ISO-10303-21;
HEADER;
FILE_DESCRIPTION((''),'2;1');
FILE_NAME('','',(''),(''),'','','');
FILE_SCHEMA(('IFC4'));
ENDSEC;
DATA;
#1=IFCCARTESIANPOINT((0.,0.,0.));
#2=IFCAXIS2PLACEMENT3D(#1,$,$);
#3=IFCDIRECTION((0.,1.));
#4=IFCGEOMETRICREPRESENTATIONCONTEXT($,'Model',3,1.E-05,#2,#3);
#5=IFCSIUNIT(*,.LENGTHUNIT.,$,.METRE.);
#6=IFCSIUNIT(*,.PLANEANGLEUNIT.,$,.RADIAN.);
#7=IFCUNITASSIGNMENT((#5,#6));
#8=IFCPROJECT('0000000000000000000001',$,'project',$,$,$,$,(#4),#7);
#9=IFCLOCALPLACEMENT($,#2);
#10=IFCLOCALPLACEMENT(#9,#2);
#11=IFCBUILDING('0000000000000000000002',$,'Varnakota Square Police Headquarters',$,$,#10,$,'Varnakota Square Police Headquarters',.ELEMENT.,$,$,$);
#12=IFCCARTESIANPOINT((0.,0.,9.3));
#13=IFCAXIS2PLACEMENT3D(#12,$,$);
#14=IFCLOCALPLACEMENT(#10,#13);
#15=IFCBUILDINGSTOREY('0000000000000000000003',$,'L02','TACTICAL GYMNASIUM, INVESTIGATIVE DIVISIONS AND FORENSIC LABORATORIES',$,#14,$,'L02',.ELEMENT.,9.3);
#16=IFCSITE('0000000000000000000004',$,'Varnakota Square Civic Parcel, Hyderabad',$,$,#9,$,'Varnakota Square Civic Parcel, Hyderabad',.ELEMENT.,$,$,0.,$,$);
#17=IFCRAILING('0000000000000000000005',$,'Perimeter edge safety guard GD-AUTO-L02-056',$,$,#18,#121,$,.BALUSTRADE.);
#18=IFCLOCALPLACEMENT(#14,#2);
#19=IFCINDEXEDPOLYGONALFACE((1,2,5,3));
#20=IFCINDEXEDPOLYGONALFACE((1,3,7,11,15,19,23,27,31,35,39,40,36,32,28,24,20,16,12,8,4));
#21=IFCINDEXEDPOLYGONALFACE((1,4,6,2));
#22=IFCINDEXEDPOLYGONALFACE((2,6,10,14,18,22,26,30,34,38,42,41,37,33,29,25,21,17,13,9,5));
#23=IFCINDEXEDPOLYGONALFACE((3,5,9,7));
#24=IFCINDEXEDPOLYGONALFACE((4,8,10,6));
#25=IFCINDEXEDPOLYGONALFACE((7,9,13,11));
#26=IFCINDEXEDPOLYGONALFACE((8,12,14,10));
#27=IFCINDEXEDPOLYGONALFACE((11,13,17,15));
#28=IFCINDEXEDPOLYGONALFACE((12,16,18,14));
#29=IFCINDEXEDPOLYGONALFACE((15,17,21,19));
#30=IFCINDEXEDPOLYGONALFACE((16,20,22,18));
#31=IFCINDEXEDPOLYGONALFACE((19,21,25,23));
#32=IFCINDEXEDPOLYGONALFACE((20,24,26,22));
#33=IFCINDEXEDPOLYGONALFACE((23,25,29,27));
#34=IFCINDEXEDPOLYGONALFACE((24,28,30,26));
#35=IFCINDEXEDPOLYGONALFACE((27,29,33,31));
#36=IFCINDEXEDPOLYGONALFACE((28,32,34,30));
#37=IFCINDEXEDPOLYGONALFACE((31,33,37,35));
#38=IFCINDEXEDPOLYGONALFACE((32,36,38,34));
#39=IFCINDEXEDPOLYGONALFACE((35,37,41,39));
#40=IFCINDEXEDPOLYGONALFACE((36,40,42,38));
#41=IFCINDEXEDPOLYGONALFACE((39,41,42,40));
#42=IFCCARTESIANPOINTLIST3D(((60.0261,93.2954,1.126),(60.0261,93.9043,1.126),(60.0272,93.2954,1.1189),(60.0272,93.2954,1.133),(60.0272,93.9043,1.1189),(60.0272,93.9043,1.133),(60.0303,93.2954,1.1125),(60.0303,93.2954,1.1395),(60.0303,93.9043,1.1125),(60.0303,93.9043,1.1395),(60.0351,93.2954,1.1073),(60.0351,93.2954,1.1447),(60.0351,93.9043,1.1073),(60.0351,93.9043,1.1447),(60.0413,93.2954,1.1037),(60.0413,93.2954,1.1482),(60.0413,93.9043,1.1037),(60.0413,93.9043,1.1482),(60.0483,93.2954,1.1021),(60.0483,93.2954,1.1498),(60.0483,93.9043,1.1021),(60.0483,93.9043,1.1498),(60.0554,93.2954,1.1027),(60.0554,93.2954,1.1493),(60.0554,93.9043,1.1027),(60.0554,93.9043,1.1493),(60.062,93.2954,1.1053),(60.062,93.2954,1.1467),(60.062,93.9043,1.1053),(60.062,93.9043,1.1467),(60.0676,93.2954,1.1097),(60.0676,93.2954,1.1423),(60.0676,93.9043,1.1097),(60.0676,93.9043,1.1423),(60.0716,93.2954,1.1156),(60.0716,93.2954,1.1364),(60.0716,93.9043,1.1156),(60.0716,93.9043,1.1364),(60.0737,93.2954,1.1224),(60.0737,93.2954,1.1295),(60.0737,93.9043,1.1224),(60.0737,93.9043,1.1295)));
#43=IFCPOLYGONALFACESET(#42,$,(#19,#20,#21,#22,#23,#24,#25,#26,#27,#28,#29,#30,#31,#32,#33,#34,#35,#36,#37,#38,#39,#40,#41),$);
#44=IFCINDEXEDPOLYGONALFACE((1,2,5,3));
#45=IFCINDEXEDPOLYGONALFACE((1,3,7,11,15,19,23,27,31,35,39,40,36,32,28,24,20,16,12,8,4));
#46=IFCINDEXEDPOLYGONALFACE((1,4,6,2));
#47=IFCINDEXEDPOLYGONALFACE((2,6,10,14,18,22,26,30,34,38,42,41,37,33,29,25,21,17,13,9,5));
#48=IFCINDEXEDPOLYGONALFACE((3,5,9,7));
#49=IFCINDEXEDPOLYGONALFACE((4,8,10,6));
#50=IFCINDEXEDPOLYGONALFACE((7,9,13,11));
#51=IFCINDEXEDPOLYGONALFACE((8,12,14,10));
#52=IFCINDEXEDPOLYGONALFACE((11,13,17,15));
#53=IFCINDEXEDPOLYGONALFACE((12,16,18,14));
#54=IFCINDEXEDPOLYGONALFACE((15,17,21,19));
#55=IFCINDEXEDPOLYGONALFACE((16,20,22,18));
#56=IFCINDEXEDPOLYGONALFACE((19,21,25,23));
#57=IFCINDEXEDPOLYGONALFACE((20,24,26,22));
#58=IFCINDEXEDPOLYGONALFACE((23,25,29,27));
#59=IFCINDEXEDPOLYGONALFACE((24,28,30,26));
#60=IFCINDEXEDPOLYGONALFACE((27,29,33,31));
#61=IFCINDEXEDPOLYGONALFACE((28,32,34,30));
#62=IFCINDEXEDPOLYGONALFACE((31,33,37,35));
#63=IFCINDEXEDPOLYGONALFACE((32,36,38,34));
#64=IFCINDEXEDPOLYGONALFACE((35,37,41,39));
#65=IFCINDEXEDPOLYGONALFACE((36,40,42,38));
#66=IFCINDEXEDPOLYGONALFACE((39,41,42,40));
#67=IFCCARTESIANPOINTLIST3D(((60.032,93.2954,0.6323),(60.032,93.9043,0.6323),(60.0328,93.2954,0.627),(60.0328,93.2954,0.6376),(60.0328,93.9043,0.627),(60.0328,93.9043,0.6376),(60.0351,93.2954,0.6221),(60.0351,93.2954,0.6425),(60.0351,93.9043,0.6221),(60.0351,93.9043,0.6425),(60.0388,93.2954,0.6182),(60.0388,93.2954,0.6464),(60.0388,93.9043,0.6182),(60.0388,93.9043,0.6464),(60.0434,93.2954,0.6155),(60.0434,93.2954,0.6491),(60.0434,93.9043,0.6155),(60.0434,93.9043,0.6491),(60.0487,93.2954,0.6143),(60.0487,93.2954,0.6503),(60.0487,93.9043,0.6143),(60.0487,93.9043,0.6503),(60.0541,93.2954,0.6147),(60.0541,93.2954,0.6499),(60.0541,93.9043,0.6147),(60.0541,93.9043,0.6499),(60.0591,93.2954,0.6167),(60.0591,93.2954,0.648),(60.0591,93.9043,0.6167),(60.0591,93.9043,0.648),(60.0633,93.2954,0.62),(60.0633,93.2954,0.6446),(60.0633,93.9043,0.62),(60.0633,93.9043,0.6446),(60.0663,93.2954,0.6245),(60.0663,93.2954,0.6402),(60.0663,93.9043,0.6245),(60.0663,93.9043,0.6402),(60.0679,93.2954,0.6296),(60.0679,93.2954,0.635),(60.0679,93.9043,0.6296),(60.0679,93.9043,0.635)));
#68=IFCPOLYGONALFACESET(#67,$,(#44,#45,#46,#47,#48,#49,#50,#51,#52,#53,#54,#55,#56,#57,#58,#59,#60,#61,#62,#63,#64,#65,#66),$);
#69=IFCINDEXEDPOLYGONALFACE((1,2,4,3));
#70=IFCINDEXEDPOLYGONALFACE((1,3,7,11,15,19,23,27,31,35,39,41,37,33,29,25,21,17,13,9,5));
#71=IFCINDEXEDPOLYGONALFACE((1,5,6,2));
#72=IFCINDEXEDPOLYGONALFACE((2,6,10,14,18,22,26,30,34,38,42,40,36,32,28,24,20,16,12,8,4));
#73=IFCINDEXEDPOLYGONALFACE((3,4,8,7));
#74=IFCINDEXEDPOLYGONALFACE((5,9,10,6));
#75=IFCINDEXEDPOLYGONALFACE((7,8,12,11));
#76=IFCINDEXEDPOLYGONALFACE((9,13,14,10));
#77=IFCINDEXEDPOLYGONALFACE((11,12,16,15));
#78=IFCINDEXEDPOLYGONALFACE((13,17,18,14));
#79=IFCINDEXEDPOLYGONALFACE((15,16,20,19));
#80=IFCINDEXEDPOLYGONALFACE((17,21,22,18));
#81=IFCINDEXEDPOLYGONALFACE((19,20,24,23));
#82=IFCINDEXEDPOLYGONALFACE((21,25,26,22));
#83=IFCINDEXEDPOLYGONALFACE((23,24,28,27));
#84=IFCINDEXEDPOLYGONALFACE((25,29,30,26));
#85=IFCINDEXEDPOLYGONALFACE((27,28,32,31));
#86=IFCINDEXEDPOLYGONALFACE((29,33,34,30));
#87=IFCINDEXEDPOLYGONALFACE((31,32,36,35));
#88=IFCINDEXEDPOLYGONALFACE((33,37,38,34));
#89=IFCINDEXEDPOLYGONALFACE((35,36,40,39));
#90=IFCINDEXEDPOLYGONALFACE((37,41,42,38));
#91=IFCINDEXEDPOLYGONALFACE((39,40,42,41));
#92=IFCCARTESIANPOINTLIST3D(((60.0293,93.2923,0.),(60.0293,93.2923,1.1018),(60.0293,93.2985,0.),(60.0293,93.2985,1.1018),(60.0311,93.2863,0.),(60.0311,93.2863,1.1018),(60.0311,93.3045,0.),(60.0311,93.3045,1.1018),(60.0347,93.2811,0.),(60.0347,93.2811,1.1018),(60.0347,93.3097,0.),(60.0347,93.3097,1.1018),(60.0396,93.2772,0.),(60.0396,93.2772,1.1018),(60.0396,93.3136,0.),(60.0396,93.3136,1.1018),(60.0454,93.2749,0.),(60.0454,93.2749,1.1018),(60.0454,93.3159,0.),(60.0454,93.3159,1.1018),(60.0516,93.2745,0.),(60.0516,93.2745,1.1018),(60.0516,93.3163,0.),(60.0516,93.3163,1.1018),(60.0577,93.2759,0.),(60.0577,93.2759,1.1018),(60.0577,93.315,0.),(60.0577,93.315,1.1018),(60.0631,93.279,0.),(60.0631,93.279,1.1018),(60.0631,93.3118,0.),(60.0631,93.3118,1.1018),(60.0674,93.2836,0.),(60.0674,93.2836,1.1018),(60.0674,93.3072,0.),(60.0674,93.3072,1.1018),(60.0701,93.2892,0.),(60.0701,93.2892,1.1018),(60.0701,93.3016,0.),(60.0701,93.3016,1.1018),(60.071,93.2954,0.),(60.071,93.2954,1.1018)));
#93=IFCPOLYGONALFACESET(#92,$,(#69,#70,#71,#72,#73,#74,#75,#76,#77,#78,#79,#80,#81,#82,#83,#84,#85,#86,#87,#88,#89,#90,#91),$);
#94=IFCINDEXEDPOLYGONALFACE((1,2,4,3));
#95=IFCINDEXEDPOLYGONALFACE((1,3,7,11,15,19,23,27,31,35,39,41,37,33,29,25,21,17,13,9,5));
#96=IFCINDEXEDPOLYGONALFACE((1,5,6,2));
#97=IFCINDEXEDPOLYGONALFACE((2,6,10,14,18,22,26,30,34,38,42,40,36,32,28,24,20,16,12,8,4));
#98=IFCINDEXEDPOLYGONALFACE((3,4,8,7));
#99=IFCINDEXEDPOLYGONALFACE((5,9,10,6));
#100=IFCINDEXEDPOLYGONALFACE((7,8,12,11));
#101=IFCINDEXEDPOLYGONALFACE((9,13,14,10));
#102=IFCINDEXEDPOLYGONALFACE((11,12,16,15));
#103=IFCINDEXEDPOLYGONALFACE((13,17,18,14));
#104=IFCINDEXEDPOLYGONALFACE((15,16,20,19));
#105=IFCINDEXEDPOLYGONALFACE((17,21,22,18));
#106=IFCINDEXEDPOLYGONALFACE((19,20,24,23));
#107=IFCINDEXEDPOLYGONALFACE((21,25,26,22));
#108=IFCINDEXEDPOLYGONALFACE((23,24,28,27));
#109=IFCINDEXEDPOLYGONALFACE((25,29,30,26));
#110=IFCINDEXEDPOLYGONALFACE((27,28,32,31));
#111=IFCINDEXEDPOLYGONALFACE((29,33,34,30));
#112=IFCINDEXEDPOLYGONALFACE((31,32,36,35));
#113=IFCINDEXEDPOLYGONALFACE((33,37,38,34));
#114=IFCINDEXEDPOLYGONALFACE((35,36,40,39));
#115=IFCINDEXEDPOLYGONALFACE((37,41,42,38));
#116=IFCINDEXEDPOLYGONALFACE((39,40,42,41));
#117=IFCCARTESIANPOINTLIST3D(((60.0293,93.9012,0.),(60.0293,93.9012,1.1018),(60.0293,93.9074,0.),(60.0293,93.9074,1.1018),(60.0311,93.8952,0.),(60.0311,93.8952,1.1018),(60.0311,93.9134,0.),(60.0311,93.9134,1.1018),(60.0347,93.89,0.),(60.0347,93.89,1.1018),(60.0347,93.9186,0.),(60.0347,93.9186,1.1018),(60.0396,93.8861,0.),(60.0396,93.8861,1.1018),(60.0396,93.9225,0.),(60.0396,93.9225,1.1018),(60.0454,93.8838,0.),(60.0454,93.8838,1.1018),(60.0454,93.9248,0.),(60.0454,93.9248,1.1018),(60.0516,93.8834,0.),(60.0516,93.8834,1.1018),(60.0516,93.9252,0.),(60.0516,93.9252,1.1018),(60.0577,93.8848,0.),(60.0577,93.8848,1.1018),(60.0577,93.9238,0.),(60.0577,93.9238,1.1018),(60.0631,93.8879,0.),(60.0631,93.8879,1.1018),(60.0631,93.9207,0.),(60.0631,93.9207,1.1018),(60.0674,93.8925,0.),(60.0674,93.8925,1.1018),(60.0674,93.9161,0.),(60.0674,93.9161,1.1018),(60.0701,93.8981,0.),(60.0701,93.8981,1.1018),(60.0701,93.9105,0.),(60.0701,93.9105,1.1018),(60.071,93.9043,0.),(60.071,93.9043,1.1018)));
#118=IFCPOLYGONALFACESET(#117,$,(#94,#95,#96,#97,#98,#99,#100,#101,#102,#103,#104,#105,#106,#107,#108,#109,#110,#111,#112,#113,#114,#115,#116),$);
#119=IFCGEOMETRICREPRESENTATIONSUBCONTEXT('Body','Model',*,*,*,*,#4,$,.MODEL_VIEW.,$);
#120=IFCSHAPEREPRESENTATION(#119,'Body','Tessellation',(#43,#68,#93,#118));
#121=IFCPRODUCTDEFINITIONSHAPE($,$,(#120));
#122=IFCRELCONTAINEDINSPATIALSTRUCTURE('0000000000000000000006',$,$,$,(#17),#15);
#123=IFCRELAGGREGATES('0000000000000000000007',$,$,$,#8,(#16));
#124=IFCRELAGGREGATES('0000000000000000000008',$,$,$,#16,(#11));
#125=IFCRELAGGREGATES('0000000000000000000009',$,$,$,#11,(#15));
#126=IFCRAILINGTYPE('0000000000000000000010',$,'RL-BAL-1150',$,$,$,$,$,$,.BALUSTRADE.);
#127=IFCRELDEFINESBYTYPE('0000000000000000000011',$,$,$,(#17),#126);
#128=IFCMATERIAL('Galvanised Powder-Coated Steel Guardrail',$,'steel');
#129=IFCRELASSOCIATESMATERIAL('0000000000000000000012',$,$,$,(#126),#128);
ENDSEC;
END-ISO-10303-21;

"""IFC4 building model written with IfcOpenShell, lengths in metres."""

from ifc_helpers import new_model, si_unit, direction, frame, origin, origin_2d, place, context, subcontext, project, spatial, circle, extrude, material, type_object, element, save


model = new_model("IFC4")

# Units and contexts
model_context = context("Model", 3, precision=1e-05, world=origin(), true_north=direction((0.0, 1.0)))
body_context = subcontext(model_context, "Body", "Model", "MODEL_VIEW")
ifc_project = project(units=[si_unit("LENGTHUNIT", "METRE"), si_unit("PLANEANGLEUNIT", "RADIAN")], contexts=[model_context])

# Site, building, storey
site_placement = place(None, origin())
site = spatial("IfcSite", under=ifc_project, at=site_placement, Name="Varnakota Square Civic Parcel, Hyderabad", LongName="Varnakota Square Civic Parcel, Hyderabad", CompositionType="ELEMENT", RefElevation=0.0)
building_placement = place(site_placement, origin())
building = spatial("IfcBuilding", under=site, at=building_placement, Name="Varnakota Square Police Headquarters", LongName="Varnakota Square Police Headquarters", CompositionType="ELEMENT")
storey_placement = place(building_placement, frame((0.0, 0.0, 9.3)))
storey = spatial("IfcBuildingStorey", under=building, at=storey_placement, Name="L02", Description="TACTICAL GYMNASIUM, INVESTIGATIVE DIVISIONS AND FORENSIC LABORATORIES", LongName="L02", CompositionType="ELEMENT", Elevation=9.3)

# Railing
ifc_material_1 = material(Name="Galvanised Powder-Coated Steel Guardrail", Category="steel")
railing_type = type_object("IfcRailingType", Name="RL-BAL-1150", PredefinedType="BALUSTRADE", material=ifc_material_1)
railing_1_placement = place(storey_placement, frame((60.05, 93.2954, 0.0)))
element("IfcRailing", 1, at=railing_1_placement, inside=storey, type_object=railing_type, Name="Perimeter edge safety guard GD-AUTO-L02-056", PredefinedType="BALUSTRADE", context=body_context, shape_type="SweptSolid", body=[
    extrude(circle(Radius=0.0239, at=origin_2d()), frame((0.0, 0.0, 1.126), z_axis=(0.0, 1.0, 0.0), x_axis=(-1.0, 0.0, 0.0)), (0.0, 0.0, 1.0), 0.6089),
    extrude(circle(Radius=0.0181, at=origin_2d()), frame((0.0, 0.0, 0.6323), z_axis=(0.0, 1.0, 0.0), x_axis=(-1.0, 0.0, 0.0)), (0.0, 0.0, 1.0), 0.6089),
    extrude(circle(Radius=0.021, at=origin_2d()), origin(), (0.0, 0.0, 1.0), 1.1018),
    extrude(circle(Radius=0.021, at=origin_2d()), frame((0.0, 0.6089, 0.0)), (0.0, 0.0, 1.0), 1.1018),
])

save(model, "model.ifc")
